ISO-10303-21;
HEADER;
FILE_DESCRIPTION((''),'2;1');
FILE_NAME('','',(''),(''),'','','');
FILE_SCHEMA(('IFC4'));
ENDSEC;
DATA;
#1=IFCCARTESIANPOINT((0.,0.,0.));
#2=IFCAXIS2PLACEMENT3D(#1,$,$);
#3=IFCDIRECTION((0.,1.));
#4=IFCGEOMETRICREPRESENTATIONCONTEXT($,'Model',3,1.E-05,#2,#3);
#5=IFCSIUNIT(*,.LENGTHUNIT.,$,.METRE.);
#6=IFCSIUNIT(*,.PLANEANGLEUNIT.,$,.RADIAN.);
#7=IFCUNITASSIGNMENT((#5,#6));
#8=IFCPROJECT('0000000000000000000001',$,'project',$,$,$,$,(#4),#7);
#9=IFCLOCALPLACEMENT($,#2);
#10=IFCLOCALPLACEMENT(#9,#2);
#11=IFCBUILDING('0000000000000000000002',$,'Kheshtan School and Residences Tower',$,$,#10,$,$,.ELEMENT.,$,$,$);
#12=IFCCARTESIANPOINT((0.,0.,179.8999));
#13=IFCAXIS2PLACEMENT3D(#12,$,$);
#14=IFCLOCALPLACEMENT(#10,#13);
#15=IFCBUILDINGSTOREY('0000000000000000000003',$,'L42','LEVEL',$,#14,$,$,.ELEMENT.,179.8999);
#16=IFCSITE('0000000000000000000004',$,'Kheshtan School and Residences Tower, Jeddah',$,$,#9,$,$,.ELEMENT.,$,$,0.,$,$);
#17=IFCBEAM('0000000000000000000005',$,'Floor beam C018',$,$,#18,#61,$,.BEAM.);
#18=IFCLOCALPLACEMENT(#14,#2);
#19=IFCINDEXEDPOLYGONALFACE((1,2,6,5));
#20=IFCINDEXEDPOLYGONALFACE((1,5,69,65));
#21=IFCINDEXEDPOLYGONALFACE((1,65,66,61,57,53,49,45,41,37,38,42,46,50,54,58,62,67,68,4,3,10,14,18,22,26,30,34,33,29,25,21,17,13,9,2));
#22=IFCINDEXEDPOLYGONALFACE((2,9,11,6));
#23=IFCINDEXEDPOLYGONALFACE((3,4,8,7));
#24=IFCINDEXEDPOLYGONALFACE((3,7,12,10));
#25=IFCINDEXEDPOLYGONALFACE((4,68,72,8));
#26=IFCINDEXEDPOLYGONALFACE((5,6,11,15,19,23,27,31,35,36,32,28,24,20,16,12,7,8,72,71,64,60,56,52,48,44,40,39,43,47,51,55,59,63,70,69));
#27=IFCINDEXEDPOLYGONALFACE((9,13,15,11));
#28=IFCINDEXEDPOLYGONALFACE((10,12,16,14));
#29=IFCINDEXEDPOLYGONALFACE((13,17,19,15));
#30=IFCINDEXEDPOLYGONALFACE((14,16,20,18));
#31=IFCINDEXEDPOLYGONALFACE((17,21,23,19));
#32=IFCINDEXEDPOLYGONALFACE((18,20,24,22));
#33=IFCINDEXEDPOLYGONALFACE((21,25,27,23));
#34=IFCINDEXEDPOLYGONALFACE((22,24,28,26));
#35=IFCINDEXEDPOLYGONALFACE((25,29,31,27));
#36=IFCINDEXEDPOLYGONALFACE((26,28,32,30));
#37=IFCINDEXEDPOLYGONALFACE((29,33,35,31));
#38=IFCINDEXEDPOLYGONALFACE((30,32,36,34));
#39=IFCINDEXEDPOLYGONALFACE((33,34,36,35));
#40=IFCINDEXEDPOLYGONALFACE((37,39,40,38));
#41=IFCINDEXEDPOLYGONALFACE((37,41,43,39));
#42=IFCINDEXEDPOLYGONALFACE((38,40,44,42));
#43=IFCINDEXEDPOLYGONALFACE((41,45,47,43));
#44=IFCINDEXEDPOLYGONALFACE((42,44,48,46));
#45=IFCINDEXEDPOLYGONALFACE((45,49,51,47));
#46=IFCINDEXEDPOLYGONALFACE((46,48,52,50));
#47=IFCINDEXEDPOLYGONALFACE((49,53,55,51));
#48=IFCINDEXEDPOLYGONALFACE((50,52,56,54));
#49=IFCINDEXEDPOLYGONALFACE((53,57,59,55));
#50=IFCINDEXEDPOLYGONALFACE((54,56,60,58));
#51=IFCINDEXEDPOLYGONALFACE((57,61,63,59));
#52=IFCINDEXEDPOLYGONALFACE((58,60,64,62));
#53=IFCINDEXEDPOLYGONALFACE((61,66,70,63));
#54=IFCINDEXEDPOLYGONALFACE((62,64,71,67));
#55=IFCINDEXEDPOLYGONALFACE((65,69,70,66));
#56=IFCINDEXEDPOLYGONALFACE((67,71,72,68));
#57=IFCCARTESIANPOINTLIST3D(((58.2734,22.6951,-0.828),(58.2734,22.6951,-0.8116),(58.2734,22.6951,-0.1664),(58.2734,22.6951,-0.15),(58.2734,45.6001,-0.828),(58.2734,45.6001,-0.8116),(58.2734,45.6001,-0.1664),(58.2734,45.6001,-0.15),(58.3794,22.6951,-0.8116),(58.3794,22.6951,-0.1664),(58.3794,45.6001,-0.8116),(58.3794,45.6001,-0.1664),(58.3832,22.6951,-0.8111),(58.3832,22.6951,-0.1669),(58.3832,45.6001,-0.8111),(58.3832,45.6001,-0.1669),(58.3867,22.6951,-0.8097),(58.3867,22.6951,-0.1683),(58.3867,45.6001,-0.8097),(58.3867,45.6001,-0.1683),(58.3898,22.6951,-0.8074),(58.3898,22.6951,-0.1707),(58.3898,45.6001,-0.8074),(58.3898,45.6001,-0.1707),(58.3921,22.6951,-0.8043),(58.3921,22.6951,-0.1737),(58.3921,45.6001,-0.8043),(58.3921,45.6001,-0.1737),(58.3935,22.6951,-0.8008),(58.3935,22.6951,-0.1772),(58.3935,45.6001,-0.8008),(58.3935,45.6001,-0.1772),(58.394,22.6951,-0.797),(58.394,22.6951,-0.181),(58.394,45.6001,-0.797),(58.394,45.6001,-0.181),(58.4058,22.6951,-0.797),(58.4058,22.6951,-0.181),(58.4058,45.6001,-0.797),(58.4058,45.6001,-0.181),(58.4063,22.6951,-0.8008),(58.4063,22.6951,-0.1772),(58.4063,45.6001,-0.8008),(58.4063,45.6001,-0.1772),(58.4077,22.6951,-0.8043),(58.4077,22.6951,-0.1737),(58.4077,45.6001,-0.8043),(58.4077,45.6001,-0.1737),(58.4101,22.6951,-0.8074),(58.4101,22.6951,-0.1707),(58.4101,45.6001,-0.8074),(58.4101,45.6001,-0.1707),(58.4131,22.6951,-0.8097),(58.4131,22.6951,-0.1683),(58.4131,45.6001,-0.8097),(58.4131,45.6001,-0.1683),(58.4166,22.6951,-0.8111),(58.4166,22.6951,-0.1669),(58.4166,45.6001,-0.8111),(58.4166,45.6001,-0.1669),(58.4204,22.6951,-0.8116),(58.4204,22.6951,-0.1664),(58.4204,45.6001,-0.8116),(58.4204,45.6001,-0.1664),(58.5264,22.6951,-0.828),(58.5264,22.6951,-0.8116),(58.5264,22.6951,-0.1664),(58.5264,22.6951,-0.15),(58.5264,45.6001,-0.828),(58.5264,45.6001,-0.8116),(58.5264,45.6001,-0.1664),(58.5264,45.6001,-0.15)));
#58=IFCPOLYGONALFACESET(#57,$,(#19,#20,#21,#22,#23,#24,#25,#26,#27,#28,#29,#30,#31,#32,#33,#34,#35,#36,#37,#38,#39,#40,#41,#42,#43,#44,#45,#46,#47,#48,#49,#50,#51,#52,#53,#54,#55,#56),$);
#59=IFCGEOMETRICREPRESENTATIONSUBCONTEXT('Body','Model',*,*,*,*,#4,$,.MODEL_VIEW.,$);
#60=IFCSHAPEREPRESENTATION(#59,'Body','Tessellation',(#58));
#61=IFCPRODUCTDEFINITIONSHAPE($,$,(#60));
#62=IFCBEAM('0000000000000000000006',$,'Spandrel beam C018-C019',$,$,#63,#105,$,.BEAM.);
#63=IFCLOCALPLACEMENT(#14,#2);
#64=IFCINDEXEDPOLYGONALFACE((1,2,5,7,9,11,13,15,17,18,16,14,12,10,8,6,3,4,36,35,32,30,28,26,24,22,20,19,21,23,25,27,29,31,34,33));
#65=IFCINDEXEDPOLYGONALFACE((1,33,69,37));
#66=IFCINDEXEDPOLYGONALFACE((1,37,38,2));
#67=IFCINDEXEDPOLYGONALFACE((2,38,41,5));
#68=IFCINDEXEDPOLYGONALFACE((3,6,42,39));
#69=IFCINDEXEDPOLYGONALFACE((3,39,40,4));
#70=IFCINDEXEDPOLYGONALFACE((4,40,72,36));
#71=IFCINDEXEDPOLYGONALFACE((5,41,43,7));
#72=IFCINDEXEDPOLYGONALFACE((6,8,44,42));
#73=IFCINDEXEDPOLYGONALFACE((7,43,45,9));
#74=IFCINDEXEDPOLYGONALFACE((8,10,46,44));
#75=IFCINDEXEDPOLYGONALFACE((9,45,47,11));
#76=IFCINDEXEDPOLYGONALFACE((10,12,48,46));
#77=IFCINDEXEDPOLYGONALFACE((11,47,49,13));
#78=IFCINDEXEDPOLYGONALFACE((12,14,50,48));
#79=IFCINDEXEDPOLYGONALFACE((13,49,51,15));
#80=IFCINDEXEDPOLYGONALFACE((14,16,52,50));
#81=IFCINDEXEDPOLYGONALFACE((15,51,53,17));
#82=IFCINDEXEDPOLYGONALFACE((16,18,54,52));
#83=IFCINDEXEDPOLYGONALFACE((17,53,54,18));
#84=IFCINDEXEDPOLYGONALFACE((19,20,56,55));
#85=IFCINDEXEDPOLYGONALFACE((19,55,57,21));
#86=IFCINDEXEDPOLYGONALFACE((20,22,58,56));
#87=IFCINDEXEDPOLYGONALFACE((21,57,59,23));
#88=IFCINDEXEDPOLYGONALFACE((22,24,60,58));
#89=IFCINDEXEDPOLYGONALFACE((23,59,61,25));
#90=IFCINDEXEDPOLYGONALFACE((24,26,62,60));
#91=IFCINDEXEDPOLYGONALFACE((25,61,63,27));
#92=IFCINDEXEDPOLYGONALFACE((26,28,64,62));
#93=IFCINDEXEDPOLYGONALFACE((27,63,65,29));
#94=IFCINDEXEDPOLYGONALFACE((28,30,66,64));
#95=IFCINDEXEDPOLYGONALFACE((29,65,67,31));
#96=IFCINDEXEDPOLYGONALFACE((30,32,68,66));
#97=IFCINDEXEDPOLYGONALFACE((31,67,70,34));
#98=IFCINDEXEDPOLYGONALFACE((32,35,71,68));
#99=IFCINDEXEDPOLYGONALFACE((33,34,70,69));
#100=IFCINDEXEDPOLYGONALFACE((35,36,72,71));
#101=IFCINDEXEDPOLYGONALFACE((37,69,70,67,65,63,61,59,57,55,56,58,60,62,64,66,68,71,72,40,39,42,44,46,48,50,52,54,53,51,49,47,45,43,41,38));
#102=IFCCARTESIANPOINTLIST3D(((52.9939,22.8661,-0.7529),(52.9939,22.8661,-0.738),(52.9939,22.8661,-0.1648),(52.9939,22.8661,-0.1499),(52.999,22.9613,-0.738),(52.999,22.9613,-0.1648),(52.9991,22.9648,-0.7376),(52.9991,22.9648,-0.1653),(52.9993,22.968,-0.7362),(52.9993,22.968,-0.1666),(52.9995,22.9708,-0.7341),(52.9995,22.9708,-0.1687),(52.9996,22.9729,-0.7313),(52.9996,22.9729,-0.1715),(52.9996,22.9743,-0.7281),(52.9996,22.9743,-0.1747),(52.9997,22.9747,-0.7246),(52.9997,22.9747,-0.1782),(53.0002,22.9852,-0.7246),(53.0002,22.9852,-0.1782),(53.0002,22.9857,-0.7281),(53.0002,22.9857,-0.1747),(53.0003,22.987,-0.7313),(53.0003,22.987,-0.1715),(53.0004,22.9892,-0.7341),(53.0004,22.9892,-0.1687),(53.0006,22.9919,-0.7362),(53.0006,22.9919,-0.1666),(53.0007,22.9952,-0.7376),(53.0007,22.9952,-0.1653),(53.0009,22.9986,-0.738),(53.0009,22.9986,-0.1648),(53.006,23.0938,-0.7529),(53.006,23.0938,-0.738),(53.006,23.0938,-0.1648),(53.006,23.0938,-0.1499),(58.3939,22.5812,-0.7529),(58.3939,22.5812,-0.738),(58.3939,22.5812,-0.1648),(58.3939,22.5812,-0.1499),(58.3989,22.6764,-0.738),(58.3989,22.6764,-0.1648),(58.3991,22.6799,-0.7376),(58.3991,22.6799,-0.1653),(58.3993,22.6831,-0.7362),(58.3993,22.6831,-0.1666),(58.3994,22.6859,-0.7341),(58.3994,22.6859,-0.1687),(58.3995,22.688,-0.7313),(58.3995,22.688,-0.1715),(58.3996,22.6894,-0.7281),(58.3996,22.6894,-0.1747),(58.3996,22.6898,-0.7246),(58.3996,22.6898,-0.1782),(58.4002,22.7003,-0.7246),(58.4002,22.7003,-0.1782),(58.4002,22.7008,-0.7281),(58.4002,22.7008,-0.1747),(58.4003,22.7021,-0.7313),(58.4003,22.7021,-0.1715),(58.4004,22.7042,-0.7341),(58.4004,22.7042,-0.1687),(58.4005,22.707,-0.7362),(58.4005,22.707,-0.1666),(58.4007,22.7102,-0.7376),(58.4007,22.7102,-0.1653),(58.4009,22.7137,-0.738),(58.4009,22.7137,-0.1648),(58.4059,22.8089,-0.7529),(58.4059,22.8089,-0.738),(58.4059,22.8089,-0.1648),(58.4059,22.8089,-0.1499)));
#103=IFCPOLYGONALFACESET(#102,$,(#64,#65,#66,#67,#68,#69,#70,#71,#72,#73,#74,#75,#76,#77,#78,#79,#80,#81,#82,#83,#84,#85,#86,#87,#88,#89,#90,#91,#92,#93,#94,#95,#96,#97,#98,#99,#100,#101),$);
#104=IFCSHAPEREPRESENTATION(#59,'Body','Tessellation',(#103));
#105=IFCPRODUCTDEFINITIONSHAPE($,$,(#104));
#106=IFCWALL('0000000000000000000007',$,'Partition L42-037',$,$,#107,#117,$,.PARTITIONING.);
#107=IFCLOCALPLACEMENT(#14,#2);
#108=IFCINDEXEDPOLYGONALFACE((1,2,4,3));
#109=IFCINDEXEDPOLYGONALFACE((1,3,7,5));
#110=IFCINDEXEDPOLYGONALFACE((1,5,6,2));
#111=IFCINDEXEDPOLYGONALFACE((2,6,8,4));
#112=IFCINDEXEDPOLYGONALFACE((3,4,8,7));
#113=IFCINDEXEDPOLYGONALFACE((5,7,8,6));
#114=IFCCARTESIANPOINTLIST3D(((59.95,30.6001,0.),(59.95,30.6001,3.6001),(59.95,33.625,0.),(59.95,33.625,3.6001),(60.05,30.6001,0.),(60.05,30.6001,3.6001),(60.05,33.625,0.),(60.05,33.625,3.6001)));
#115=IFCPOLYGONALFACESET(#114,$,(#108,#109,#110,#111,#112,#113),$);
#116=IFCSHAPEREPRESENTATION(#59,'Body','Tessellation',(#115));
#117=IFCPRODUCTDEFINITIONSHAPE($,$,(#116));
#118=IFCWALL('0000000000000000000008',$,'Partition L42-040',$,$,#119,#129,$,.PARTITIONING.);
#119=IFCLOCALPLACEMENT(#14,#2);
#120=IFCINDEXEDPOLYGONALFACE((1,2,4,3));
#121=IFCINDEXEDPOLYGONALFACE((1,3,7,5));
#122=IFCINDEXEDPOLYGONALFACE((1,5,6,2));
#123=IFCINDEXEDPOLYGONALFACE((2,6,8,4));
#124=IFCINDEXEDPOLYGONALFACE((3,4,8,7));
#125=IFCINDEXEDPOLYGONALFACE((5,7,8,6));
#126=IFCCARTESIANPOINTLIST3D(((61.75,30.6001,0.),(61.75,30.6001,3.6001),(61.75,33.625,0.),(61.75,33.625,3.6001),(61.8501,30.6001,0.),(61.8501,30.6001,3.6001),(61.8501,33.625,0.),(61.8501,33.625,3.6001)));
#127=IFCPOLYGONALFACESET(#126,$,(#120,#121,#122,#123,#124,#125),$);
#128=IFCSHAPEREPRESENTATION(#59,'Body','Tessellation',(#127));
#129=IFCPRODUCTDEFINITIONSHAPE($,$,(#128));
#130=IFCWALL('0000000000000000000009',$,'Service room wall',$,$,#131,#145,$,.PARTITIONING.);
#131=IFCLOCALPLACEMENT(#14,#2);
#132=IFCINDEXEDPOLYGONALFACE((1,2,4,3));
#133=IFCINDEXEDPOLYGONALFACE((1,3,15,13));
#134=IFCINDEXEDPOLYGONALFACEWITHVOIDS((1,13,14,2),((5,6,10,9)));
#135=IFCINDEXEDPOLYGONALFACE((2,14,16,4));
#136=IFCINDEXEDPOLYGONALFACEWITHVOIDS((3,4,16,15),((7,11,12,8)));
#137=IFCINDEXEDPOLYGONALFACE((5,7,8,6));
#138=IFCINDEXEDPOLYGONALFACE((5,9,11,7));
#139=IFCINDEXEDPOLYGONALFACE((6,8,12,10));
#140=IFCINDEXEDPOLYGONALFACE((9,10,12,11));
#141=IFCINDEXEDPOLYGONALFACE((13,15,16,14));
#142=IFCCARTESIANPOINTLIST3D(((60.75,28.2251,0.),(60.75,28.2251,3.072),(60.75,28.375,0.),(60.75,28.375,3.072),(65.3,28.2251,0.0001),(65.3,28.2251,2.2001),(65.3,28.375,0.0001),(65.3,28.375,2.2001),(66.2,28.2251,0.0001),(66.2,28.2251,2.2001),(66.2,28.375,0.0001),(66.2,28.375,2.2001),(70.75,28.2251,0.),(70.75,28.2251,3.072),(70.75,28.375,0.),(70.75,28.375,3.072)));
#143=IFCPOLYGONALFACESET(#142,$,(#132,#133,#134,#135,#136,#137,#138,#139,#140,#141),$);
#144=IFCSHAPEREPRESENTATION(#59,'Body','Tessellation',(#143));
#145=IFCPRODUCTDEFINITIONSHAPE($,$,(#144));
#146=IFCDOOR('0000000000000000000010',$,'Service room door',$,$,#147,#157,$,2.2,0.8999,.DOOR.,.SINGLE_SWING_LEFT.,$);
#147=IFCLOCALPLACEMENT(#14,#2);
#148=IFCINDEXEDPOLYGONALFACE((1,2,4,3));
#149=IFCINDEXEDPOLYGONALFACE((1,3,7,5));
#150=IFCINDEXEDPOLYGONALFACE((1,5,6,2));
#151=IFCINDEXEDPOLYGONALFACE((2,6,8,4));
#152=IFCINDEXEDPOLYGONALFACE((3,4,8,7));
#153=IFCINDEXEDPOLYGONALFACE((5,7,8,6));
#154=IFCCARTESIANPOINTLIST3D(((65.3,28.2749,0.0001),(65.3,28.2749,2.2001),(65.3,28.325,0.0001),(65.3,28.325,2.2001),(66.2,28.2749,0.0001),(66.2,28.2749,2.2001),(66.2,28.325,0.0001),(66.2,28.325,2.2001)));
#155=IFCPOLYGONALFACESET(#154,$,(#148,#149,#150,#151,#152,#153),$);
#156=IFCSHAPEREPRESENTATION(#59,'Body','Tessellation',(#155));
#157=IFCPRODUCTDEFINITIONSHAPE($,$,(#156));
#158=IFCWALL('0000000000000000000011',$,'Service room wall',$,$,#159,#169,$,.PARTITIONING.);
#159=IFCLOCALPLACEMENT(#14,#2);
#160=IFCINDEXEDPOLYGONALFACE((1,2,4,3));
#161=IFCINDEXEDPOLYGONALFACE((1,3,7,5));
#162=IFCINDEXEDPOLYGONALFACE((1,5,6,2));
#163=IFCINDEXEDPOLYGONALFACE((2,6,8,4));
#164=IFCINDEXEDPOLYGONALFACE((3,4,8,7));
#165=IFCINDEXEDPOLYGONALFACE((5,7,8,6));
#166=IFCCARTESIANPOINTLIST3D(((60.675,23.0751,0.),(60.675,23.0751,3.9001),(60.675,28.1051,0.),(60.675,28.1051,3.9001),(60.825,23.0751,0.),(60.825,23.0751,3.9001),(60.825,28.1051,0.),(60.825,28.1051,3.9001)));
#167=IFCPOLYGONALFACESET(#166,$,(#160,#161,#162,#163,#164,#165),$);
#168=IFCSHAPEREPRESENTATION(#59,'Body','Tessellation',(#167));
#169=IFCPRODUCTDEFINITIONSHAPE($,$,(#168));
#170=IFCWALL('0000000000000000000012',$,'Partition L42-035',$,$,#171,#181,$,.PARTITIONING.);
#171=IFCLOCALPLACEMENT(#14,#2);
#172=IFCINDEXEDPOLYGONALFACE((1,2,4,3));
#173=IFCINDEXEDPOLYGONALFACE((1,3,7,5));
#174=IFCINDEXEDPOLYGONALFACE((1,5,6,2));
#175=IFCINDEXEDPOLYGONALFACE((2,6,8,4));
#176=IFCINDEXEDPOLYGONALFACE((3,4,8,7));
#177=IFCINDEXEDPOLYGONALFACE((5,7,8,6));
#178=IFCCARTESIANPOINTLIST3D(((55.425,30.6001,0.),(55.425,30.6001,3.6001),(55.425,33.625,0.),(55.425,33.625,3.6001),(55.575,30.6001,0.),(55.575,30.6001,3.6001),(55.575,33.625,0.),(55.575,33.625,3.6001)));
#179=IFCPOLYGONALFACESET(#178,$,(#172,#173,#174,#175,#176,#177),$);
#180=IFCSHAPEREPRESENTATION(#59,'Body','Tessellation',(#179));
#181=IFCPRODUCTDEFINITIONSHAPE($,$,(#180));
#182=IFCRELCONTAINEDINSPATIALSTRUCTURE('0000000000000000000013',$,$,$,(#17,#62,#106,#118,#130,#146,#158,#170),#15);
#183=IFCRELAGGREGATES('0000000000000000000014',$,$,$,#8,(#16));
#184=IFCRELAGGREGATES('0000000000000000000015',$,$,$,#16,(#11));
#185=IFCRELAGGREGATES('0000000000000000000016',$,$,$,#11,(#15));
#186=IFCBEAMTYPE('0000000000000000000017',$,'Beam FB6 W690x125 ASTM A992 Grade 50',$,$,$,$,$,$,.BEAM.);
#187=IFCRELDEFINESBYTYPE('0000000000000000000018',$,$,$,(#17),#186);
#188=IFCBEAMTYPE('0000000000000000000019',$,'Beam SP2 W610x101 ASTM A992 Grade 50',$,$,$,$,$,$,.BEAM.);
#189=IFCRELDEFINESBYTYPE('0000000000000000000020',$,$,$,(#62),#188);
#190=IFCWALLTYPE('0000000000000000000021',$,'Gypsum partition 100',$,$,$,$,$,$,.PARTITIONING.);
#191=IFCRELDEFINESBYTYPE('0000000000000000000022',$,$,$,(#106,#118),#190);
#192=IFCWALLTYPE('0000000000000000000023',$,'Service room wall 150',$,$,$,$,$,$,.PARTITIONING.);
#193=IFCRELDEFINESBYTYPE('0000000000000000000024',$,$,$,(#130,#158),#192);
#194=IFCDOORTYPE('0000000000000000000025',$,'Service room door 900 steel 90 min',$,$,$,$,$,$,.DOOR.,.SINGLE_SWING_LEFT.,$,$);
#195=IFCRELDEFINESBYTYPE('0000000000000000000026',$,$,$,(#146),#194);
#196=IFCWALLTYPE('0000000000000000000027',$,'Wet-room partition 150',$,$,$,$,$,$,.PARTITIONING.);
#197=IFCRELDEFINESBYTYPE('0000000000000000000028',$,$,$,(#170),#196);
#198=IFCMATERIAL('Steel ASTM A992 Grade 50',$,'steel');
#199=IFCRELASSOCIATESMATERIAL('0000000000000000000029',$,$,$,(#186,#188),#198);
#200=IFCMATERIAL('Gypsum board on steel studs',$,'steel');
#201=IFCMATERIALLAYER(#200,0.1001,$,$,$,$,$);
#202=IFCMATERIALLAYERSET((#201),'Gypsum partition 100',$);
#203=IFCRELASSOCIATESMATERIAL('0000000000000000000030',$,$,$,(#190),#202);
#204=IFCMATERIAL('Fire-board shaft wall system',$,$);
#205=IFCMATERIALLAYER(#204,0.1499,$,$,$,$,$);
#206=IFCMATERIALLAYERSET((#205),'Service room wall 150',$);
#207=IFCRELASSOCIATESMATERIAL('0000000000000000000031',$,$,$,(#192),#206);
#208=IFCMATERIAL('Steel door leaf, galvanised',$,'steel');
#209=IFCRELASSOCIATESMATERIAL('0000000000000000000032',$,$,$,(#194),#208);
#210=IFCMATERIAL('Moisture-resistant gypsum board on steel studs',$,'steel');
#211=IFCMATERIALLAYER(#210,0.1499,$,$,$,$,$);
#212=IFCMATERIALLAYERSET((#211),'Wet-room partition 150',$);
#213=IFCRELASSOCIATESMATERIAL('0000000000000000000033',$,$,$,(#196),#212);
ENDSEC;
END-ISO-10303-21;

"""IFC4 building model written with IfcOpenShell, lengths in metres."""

from ifc_helpers import new_model, si_unit, direction, frame, frame_2d, origin, origin_2d, place, context, subcontext, project, spatial, rectangle, i_section, extrude, source, transform, mapped, material, layer, layer_set, material_profile, profile_set, type_object, element, fill, save


model = new_model("IFC4")

# Units and contexts
model_context = context("Model", 3, precision=1e-05, world=origin(), true_north=direction((0.0, 1.0)))
body_context = subcontext(model_context, "Body", "Model", "MODEL_VIEW")
ifc_project = project(units=[si_unit("LENGTHUNIT", "METRE"), si_unit("PLANEANGLEUNIT", "RADIAN")], contexts=[model_context])

# Site, building, storey
site_placement = place(None, origin())
site = spatial("IfcSite", under=ifc_project, at=site_placement, Name="Kheshtan School and Residences Tower, Jeddah", CompositionType="ELEMENT", RefElevation=0.0)
building_placement = place(site_placement, origin())
building = spatial("IfcBuilding", under=site, at=building_placement, Name="Kheshtan School and Residences Tower", CompositionType="ELEMENT")
storey_placement = place(building_placement, frame((0.0, 0.0, 179.8999)))
storey = spatial("IfcBuildingStorey", under=building, at=storey_placement, Name="L42", Description="LEVEL", CompositionType="ELEMENT", Elevation=179.8999)

# Shared definitions
ifc_material_1 = material(Name="Steel ASTM A992 Grade 50", Category="steel")

# Beams
ifc_material_profile_1 = material_profile(ifc_material_1, i_section(OverallWidth=0.2529, OverallDepth=0.678, WebThickness=0.0117, FlangeThickness=0.0164, FilletRadius=0.0146, at=origin_2d()), Name="W690x125")
ifc_profile_set_1 = profile_set([ifc_material_profile_1], Name="Steel ASTM A992 Grade 50")
beam_type_1 = type_object("IfcBeamType", Name="Beam FB6 W690x125 ASTM A992 Grade 50", PredefinedType="BEAM", material=ifc_profile_set_1)
beam_1_placement = place(storey_placement, frame((58.3999, 22.6951, -0.489), z_axis=(0.0, 1.0, 0.0), x_axis=(-1.0, 0.0, 0.0)))
element("IfcBeam", 1, at=beam_1_placement, inside=storey, type_object=beam_type_1, Name="Floor beam C018", PredefinedType="BEAM", context=body_context, shape_type="SweptSolid", body=[
    extrude(i_section(OverallWidth=0.2529, OverallDepth=0.678, WebThickness=0.0117, FlangeThickness=0.0164, FilletRadius=0.0146, at=origin_2d()), origin(), (0.0, 0.0, 1.0), 22.905),
])
ifc_material_profile_2 = material_profile(ifc_material_1, i_section(OverallWidth=0.228, OverallDepth=0.603, WebThickness=0.0105, FlangeThickness=0.0149, FilletRadius=0.0134, at=origin_2d()), Name="W610x101")
ifc_profile_set_2 = profile_set([ifc_material_profile_2], Name="Steel ASTM A992 Grade 50")
beam_type_2 = type_object("IfcBeamType", Name="Beam SP2 W610x101 ASTM A992 Grade 50", PredefinedType="BEAM", material=ifc_profile_set_2)
beam_2_placement = place(storey_placement, frame((58.3999, 22.6951, -0.4514), z_axis=(-0.998611, 0.052689, 0.0), x_axis=(-0.052689, -0.998611, 0.0)))
element("IfcBeam", 2, at=beam_2_placement, inside=storey, type_object=beam_type_2, Name="Spandrel beam C018-C019", PredefinedType="BEAM", context=body_context, shape_type="SweptSolid", body=[
    extrude(i_section(OverallWidth=0.228, OverallDepth=0.603, WebThickness=0.0105, FlangeThickness=0.0149, FilletRadius=0.0134, at=origin_2d()), origin(), (0.0, 0.0, 1.0), 5.4075),
])

# Walls
ifc_material_2 = material(Name="Gypsum board on steel studs", Category="steel")
ifc_layer_1 = layer(ifc_material_2, 0.1001)
ifc_layer_set_1 = layer_set([ifc_layer_1], Name="Gypsum partition 100")
wall_type_1 = type_object("IfcWallType", Name="Gypsum partition 100", PredefinedType="PARTITIONING", material=ifc_layer_set_1)
for number, where, z_axis, x_axis, name in (
    (3, (60.0, 30.6001, 0.0), (0.0, 0.0, 1.0), (0.0, 1.0, 0.0), "Partition L42-037"),
    (4, (61.8, 30.6001, 0.0), (0.0, 0.0, 1.0), (0.0, 1.0, 0.0), "Partition L42-040"),
):
    element("IfcWall", number, at=place(storey_placement, frame(where, z_axis=z_axis, x_axis=x_axis)), inside=storey, type_object=wall_type_1, Name=name, PredefinedType="PARTITIONING", context=body_context, shape_type="SweptSolid", body=[
        extrude(rectangle(XDim=3.0249, YDim=0.1001, at=frame_2d((1.5125, 0.0))), origin(), (0.0, 0.0, 1.0), 3.6001),
    ])

# Wall, opening, door
ifc_material_3 = material(Name="Fire-board shaft wall system")
ifc_layer_2 = layer(ifc_material_3, 0.1499)
ifc_layer_set_2 = layer_set([ifc_layer_2], Name="Service room wall 150")
wall_type_2 = type_object("IfcWallType", Name="Service room wall 150", PredefinedType="PARTITIONING", material=ifc_layer_set_2)
wall_1_placement = place(storey_placement, frame((60.75, 28.3, 0.0), z_axis=(0.0, 0.0, 1.0), x_axis=(1.0, 0.0, 0.0)))
wall_1 = element("IfcWall", 5, at=wall_1_placement, inside=storey, type_object=wall_type_2, Name="Service room wall", PredefinedType="PARTITIONING", context=body_context, shape_type="SweptSolid", body=[
    extrude(rectangle(XDim=10.0, YDim=0.1499, at=frame_2d((5.0, 0.0))), origin(), (0.0, 0.0, 1.0), 3.072),
])
opening_1_placement = place(wall_1_placement, frame((4.55, 0.0, 0.0)))
opening_1 = element("IfcOpeningElement", 6, at=opening_1_placement, cuts=wall_1, PredefinedType="OPENING", context=body_context, shape_type="SweptSolid", body=[
    extrude(rectangle(XDim=0.8999, YDim=2.2, at=frame_2d((0.45, 1.1001))), frame((0.0, 0.085, 0.0), z_axis=(0.0, -1.0, 0.0), x_axis=(1.0, 0.0, 0.0)), (0.0, 0.0, 1.0), 0.1699),
])
ifc_material_4 = material(Name="Steel door leaf, galvanised", Category="steel")
door_type_1 = type_object("IfcDoorType", Name="Service room door 900 steel 90 min", OperationType="SINGLE_SWING_LEFT", PredefinedType="DOOR", material=ifc_material_4)
shared_shape_1 = source(origin(), body_context, "Body", "SweptSolid", [
    extrude(rectangle(XDim=0.8999, YDim=2.2, at=frame_2d((0.45, 1.1001))), frame((0.0, 0.0249, 0.0), z_axis=(0.0, -1.0, 0.0), x_axis=(1.0, 0.0, 0.0)), (0.0, 0.0, 1.0), 0.05),
])
door_1_placement = place(opening_1_placement, origin())
door_1 = element("IfcDoor", 7, at=door_1_placement, inside=storey, type_object=door_type_1, Name="Service room door", OperationType="SINGLE_SWING_LEFT", OverallHeight=2.2, OverallWidth=0.8999, PredefinedType="DOOR", context=body_context, shape_type="MappedRepresentation", body=[
    mapped(shared_shape_1, transform((0.0, 0.0, 0.0), x_axis=(1.0, 0.0, 0.0), y_axis=(0.0, 1.0, 0.0), z_axis=(0.0, 0.0, 1.0), scale=1.0)),
])
fill(opening_1, door_1)

# Walls
wall_2_placement = place(storey_placement, frame((60.75, 23.075, 0.0), z_axis=(0.0, 0.0, 1.0), x_axis=(0.0, 1.0, 0.0)))
element("IfcWall", 8, at=wall_2_placement, inside=storey, type_object=wall_type_2, Name="Service room wall", PredefinedType="PARTITIONING", context=body_context, shape_type="SweptSolid", body=[
    extrude(rectangle(XDim=5.03, YDim=0.1499, at=frame_2d((2.5151, 0.0))), origin(), (0.0, 0.0, 1.0), 3.9001),
])
ifc_material_5 = material(Name="Moisture-resistant gypsum board on steel studs", Category="steel")
ifc_layer_3 = layer(ifc_material_5, 0.1499)
ifc_layer_set_3 = layer_set([ifc_layer_3], Name="Wet-room partition 150")
wall_type_3 = type_object("IfcWallType", Name="Wet-room partition 150", PredefinedType="PARTITIONING", material=ifc_layer_set_3)
for number, where, z_axis, x_axis, name in (
    (9, (55.5, 30.6001, 0.0), (0.0, 0.0, 1.0), (0.0, 1.0, 0.0), "Partition L42-035"),
):
    element("IfcWall", number, at=place(storey_placement, frame(where, z_axis=z_axis, x_axis=x_axis)), inside=storey, type_object=wall_type_3, Name=name, PredefinedType="PARTITIONING", context=body_context, shape_type="SweptSolid", body=[
        extrude(rectangle(XDim=3.0249, YDim=0.1499, at=frame_2d((1.5125, 0.0))), origin(), (0.0, 0.0, 1.0), 3.6001),
    ])

save(model, "model.ifc")
